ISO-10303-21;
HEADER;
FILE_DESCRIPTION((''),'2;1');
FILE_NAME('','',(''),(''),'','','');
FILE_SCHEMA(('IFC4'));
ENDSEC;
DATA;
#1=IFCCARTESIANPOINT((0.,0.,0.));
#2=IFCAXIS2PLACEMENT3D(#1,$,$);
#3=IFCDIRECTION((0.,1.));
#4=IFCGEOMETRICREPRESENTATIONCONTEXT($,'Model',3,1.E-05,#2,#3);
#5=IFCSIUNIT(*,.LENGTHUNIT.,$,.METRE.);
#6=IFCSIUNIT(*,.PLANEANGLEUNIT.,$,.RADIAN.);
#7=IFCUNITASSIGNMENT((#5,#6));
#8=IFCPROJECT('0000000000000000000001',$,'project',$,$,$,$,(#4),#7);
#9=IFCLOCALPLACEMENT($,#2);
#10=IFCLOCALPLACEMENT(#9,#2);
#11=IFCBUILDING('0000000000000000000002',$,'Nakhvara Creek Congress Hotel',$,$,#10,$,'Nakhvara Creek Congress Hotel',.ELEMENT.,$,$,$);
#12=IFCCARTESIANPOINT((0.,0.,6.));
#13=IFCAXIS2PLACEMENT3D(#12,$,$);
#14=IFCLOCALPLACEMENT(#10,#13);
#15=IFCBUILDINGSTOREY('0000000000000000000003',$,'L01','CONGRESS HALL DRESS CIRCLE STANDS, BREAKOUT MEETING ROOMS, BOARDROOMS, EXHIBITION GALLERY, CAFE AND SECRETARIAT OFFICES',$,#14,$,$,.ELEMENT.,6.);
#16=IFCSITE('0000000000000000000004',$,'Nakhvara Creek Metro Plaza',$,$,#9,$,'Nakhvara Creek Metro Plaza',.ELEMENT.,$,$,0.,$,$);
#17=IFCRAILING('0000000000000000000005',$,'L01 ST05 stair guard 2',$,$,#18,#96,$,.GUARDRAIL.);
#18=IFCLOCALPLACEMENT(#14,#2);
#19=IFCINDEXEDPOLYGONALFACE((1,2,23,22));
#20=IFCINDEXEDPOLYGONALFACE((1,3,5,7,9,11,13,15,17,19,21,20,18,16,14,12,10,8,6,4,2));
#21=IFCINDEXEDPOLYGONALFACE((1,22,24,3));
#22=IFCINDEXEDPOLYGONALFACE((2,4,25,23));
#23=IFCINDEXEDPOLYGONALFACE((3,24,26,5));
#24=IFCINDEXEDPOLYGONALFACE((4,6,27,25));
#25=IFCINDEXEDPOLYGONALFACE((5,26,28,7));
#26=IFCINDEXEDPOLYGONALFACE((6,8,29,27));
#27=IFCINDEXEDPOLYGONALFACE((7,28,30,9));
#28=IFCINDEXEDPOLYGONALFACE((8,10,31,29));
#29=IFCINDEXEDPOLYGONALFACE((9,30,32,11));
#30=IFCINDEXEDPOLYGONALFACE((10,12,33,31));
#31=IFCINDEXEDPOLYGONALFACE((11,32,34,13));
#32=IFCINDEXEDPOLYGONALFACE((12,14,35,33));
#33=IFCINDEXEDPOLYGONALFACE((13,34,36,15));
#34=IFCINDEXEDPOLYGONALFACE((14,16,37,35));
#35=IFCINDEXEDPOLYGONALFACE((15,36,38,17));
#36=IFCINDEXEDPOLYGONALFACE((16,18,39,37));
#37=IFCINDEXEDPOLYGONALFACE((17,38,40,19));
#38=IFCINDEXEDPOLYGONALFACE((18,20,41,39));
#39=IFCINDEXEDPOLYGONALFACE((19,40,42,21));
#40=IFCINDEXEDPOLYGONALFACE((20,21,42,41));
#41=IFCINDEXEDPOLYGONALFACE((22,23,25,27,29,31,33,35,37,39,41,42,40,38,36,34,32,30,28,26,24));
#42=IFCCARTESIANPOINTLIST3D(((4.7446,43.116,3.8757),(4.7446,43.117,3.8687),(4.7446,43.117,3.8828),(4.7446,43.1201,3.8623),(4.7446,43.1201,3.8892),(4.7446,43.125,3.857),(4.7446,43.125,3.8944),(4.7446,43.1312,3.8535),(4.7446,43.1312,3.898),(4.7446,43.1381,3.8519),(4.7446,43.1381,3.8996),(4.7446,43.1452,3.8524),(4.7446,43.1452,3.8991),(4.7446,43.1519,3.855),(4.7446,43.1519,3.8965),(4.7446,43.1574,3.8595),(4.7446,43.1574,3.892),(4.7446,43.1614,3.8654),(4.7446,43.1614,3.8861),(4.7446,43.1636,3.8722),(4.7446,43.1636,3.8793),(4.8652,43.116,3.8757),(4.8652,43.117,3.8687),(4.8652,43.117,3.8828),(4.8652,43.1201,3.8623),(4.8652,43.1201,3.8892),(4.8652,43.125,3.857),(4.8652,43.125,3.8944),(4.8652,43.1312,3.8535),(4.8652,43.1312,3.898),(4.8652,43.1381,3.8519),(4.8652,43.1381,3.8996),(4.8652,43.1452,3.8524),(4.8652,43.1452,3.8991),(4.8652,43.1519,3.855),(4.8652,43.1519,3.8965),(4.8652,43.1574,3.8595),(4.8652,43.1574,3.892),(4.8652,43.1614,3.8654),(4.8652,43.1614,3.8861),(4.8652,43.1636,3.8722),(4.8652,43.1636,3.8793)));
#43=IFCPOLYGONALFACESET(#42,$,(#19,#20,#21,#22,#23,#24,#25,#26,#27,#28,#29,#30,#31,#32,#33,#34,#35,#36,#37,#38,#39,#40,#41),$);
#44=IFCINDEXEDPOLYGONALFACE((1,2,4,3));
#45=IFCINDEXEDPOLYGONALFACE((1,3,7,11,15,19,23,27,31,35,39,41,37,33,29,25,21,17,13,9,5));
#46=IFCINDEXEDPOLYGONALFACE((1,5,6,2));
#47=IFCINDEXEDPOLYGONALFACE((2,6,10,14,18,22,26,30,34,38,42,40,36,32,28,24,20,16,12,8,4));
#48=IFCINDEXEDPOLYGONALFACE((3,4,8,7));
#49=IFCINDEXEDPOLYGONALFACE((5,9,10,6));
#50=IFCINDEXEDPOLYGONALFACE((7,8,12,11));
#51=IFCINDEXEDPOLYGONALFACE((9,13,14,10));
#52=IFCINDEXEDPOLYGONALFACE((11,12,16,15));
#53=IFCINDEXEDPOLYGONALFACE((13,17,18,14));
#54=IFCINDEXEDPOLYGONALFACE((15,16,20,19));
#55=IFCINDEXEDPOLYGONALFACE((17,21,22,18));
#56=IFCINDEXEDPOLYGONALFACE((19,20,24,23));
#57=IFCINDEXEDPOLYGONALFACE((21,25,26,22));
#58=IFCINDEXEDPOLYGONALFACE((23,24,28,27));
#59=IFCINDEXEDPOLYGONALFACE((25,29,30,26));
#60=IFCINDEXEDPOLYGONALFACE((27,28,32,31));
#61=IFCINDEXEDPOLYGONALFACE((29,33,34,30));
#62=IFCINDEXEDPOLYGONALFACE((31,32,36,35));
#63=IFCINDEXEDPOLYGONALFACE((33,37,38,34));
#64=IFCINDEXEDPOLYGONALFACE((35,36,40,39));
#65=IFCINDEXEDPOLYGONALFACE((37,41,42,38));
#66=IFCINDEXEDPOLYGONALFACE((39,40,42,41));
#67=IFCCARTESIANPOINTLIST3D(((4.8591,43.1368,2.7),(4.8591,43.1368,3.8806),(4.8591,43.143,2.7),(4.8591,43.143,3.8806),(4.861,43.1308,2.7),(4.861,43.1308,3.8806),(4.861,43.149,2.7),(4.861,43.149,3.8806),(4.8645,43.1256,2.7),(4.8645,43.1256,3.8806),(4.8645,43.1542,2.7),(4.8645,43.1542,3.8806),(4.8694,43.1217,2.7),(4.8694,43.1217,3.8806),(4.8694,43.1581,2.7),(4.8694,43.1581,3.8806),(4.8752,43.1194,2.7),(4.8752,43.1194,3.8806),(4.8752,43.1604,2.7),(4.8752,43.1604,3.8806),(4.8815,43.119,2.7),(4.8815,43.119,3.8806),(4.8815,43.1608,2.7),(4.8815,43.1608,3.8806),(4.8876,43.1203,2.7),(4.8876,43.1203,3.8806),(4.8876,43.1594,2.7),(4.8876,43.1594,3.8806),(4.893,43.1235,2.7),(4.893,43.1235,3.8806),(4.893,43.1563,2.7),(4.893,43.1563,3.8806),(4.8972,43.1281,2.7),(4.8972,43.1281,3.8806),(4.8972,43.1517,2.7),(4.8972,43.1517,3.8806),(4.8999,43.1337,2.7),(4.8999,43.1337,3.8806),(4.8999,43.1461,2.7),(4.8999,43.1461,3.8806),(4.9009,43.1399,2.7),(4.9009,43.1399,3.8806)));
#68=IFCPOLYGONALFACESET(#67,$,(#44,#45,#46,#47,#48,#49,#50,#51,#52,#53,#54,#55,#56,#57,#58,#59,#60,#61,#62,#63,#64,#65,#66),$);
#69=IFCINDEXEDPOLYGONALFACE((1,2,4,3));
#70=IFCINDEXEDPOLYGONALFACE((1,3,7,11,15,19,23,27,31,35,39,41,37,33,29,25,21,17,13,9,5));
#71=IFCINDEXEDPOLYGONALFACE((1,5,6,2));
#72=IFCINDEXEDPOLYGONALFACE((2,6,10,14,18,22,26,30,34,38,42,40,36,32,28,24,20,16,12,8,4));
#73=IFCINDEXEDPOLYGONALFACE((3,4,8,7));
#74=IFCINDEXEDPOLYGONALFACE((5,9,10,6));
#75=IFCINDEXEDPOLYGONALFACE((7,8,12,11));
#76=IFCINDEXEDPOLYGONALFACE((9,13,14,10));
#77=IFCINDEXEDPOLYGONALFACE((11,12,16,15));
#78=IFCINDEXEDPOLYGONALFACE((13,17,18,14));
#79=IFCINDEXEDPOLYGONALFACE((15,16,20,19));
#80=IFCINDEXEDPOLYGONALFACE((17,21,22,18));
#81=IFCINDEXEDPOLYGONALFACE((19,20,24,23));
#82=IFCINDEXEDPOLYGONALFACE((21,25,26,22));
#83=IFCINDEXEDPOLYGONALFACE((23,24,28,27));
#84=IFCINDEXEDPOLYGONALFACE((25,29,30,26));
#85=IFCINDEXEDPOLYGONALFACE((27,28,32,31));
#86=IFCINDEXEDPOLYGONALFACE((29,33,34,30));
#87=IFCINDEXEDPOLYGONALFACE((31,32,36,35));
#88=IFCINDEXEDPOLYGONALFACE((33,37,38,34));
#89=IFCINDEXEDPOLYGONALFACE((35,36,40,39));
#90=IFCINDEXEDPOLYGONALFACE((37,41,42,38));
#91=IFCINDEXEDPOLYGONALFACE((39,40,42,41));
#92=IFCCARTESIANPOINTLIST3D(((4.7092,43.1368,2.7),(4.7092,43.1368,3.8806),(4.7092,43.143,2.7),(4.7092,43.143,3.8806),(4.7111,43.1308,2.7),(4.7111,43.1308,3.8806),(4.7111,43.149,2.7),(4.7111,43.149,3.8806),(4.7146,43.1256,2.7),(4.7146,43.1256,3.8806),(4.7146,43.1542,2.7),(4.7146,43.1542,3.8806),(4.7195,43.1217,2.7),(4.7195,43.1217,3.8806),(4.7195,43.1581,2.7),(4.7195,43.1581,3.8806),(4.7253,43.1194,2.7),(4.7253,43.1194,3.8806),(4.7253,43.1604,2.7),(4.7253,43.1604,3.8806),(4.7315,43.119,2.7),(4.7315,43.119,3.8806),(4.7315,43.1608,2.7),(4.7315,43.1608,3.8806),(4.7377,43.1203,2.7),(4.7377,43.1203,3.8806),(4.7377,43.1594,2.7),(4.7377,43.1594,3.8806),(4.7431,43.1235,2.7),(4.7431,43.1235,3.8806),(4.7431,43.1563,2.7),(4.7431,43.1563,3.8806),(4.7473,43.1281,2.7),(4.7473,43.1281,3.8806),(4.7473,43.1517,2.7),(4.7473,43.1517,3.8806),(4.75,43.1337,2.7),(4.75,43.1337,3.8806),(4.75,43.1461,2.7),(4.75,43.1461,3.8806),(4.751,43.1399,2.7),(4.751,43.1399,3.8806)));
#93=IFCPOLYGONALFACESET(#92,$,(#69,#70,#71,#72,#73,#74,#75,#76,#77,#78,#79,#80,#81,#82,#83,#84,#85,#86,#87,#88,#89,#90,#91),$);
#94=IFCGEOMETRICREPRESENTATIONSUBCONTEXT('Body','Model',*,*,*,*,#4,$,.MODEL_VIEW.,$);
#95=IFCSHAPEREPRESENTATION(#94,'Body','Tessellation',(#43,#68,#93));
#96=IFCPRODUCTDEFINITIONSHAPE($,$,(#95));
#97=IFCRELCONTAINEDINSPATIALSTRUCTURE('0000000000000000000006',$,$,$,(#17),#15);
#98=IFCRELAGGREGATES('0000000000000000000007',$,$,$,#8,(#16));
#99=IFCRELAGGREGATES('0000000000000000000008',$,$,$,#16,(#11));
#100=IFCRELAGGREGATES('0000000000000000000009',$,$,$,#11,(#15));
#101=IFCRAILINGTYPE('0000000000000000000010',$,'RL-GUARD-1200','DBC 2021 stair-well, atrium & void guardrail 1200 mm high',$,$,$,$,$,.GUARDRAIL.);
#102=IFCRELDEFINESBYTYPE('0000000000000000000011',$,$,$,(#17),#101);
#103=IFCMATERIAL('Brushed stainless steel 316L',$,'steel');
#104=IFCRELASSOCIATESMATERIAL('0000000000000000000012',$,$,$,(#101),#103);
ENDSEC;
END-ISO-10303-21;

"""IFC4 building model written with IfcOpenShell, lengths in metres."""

from ifc_helpers import new_model, si_unit, direction, frame, origin, origin_2d, place, context, subcontext, project, spatial, circle, extrude, material, type_object, element, save


model = new_model("IFC4")

# Units and contexts
model_context = context("Model", 3, precision=1e-05, world=origin(), true_north=direction((0.0, 1.0)))
body_context = subcontext(model_context, "Body", "Model", "MODEL_VIEW")
ifc_project = project(units=[si_unit("LENGTHUNIT", "METRE"), si_unit("PLANEANGLEUNIT", "RADIAN")], contexts=[model_context])

# Site, building, storey
site_placement = place(None, origin())
site = spatial("IfcSite", under=ifc_project, at=site_placement, Name="Nakhvara Creek Metro Plaza", LongName="Nakhvara Creek Metro Plaza", CompositionType="ELEMENT", RefElevation=0.0)
building_placement = place(site_placement, origin())
building = spatial("IfcBuilding", under=site, at=building_placement, Name="Nakhvara Creek Congress Hotel", LongName="Nakhvara Creek Congress Hotel", CompositionType="ELEMENT")
storey_placement = place(building_placement, frame((0.0, 0.0, 6.0)))
storey = spatial("IfcBuildingStorey", under=building, at=storey_placement, Name="L01", Description="CONGRESS HALL DRESS CIRCLE STANDS, BREAKOUT MEETING ROOMS, BOARDROOMS, EXHIBITION GALLERY, CAFE AND SECRETARIAT OFFICES", CompositionType="ELEMENT", Elevation=6.0)

# Railing
ifc_material_1 = material(Name="Brushed stainless steel 316L", Category="steel")
railing_type_1 = type_object("IfcRailingType", Name="RL-GUARD-1200", Description="DBC 2021 stair-well, atrium & void guardrail 1200 mm high", PredefinedType="GUARDRAIL", material=ifc_material_1)
railing_1_placement = place(storey_placement, frame((4.8799, 43.1399, 2.7)))
element("IfcRailing", 1, at=railing_1_placement, inside=storey, type_object=railing_type_1, Name="L01 ST05 stair guard 2", PredefinedType="GUARDRAIL", context=body_context, shape_type="SweptSolid", body=[
    extrude(circle(Radius=0.0239, at=origin_2d()), frame((-0.0146, 0.0, 1.1758), z_axis=(-1.0, 0.0, 0.0), x_axis=(0.0, -1.0, 0.0)), (0.0, 0.0, 1.0), 0.1206),
    extrude(circle(Radius=0.021, at=origin_2d()), origin(), (0.0, 0.0, 1.0), 1.1807),
    extrude(circle(Radius=0.021, at=origin_2d()), frame((-0.1499, 0.0, 0.0)), (0.0, 0.0, 1.0), 1.1807),
])

save(model, "model.ifc")
